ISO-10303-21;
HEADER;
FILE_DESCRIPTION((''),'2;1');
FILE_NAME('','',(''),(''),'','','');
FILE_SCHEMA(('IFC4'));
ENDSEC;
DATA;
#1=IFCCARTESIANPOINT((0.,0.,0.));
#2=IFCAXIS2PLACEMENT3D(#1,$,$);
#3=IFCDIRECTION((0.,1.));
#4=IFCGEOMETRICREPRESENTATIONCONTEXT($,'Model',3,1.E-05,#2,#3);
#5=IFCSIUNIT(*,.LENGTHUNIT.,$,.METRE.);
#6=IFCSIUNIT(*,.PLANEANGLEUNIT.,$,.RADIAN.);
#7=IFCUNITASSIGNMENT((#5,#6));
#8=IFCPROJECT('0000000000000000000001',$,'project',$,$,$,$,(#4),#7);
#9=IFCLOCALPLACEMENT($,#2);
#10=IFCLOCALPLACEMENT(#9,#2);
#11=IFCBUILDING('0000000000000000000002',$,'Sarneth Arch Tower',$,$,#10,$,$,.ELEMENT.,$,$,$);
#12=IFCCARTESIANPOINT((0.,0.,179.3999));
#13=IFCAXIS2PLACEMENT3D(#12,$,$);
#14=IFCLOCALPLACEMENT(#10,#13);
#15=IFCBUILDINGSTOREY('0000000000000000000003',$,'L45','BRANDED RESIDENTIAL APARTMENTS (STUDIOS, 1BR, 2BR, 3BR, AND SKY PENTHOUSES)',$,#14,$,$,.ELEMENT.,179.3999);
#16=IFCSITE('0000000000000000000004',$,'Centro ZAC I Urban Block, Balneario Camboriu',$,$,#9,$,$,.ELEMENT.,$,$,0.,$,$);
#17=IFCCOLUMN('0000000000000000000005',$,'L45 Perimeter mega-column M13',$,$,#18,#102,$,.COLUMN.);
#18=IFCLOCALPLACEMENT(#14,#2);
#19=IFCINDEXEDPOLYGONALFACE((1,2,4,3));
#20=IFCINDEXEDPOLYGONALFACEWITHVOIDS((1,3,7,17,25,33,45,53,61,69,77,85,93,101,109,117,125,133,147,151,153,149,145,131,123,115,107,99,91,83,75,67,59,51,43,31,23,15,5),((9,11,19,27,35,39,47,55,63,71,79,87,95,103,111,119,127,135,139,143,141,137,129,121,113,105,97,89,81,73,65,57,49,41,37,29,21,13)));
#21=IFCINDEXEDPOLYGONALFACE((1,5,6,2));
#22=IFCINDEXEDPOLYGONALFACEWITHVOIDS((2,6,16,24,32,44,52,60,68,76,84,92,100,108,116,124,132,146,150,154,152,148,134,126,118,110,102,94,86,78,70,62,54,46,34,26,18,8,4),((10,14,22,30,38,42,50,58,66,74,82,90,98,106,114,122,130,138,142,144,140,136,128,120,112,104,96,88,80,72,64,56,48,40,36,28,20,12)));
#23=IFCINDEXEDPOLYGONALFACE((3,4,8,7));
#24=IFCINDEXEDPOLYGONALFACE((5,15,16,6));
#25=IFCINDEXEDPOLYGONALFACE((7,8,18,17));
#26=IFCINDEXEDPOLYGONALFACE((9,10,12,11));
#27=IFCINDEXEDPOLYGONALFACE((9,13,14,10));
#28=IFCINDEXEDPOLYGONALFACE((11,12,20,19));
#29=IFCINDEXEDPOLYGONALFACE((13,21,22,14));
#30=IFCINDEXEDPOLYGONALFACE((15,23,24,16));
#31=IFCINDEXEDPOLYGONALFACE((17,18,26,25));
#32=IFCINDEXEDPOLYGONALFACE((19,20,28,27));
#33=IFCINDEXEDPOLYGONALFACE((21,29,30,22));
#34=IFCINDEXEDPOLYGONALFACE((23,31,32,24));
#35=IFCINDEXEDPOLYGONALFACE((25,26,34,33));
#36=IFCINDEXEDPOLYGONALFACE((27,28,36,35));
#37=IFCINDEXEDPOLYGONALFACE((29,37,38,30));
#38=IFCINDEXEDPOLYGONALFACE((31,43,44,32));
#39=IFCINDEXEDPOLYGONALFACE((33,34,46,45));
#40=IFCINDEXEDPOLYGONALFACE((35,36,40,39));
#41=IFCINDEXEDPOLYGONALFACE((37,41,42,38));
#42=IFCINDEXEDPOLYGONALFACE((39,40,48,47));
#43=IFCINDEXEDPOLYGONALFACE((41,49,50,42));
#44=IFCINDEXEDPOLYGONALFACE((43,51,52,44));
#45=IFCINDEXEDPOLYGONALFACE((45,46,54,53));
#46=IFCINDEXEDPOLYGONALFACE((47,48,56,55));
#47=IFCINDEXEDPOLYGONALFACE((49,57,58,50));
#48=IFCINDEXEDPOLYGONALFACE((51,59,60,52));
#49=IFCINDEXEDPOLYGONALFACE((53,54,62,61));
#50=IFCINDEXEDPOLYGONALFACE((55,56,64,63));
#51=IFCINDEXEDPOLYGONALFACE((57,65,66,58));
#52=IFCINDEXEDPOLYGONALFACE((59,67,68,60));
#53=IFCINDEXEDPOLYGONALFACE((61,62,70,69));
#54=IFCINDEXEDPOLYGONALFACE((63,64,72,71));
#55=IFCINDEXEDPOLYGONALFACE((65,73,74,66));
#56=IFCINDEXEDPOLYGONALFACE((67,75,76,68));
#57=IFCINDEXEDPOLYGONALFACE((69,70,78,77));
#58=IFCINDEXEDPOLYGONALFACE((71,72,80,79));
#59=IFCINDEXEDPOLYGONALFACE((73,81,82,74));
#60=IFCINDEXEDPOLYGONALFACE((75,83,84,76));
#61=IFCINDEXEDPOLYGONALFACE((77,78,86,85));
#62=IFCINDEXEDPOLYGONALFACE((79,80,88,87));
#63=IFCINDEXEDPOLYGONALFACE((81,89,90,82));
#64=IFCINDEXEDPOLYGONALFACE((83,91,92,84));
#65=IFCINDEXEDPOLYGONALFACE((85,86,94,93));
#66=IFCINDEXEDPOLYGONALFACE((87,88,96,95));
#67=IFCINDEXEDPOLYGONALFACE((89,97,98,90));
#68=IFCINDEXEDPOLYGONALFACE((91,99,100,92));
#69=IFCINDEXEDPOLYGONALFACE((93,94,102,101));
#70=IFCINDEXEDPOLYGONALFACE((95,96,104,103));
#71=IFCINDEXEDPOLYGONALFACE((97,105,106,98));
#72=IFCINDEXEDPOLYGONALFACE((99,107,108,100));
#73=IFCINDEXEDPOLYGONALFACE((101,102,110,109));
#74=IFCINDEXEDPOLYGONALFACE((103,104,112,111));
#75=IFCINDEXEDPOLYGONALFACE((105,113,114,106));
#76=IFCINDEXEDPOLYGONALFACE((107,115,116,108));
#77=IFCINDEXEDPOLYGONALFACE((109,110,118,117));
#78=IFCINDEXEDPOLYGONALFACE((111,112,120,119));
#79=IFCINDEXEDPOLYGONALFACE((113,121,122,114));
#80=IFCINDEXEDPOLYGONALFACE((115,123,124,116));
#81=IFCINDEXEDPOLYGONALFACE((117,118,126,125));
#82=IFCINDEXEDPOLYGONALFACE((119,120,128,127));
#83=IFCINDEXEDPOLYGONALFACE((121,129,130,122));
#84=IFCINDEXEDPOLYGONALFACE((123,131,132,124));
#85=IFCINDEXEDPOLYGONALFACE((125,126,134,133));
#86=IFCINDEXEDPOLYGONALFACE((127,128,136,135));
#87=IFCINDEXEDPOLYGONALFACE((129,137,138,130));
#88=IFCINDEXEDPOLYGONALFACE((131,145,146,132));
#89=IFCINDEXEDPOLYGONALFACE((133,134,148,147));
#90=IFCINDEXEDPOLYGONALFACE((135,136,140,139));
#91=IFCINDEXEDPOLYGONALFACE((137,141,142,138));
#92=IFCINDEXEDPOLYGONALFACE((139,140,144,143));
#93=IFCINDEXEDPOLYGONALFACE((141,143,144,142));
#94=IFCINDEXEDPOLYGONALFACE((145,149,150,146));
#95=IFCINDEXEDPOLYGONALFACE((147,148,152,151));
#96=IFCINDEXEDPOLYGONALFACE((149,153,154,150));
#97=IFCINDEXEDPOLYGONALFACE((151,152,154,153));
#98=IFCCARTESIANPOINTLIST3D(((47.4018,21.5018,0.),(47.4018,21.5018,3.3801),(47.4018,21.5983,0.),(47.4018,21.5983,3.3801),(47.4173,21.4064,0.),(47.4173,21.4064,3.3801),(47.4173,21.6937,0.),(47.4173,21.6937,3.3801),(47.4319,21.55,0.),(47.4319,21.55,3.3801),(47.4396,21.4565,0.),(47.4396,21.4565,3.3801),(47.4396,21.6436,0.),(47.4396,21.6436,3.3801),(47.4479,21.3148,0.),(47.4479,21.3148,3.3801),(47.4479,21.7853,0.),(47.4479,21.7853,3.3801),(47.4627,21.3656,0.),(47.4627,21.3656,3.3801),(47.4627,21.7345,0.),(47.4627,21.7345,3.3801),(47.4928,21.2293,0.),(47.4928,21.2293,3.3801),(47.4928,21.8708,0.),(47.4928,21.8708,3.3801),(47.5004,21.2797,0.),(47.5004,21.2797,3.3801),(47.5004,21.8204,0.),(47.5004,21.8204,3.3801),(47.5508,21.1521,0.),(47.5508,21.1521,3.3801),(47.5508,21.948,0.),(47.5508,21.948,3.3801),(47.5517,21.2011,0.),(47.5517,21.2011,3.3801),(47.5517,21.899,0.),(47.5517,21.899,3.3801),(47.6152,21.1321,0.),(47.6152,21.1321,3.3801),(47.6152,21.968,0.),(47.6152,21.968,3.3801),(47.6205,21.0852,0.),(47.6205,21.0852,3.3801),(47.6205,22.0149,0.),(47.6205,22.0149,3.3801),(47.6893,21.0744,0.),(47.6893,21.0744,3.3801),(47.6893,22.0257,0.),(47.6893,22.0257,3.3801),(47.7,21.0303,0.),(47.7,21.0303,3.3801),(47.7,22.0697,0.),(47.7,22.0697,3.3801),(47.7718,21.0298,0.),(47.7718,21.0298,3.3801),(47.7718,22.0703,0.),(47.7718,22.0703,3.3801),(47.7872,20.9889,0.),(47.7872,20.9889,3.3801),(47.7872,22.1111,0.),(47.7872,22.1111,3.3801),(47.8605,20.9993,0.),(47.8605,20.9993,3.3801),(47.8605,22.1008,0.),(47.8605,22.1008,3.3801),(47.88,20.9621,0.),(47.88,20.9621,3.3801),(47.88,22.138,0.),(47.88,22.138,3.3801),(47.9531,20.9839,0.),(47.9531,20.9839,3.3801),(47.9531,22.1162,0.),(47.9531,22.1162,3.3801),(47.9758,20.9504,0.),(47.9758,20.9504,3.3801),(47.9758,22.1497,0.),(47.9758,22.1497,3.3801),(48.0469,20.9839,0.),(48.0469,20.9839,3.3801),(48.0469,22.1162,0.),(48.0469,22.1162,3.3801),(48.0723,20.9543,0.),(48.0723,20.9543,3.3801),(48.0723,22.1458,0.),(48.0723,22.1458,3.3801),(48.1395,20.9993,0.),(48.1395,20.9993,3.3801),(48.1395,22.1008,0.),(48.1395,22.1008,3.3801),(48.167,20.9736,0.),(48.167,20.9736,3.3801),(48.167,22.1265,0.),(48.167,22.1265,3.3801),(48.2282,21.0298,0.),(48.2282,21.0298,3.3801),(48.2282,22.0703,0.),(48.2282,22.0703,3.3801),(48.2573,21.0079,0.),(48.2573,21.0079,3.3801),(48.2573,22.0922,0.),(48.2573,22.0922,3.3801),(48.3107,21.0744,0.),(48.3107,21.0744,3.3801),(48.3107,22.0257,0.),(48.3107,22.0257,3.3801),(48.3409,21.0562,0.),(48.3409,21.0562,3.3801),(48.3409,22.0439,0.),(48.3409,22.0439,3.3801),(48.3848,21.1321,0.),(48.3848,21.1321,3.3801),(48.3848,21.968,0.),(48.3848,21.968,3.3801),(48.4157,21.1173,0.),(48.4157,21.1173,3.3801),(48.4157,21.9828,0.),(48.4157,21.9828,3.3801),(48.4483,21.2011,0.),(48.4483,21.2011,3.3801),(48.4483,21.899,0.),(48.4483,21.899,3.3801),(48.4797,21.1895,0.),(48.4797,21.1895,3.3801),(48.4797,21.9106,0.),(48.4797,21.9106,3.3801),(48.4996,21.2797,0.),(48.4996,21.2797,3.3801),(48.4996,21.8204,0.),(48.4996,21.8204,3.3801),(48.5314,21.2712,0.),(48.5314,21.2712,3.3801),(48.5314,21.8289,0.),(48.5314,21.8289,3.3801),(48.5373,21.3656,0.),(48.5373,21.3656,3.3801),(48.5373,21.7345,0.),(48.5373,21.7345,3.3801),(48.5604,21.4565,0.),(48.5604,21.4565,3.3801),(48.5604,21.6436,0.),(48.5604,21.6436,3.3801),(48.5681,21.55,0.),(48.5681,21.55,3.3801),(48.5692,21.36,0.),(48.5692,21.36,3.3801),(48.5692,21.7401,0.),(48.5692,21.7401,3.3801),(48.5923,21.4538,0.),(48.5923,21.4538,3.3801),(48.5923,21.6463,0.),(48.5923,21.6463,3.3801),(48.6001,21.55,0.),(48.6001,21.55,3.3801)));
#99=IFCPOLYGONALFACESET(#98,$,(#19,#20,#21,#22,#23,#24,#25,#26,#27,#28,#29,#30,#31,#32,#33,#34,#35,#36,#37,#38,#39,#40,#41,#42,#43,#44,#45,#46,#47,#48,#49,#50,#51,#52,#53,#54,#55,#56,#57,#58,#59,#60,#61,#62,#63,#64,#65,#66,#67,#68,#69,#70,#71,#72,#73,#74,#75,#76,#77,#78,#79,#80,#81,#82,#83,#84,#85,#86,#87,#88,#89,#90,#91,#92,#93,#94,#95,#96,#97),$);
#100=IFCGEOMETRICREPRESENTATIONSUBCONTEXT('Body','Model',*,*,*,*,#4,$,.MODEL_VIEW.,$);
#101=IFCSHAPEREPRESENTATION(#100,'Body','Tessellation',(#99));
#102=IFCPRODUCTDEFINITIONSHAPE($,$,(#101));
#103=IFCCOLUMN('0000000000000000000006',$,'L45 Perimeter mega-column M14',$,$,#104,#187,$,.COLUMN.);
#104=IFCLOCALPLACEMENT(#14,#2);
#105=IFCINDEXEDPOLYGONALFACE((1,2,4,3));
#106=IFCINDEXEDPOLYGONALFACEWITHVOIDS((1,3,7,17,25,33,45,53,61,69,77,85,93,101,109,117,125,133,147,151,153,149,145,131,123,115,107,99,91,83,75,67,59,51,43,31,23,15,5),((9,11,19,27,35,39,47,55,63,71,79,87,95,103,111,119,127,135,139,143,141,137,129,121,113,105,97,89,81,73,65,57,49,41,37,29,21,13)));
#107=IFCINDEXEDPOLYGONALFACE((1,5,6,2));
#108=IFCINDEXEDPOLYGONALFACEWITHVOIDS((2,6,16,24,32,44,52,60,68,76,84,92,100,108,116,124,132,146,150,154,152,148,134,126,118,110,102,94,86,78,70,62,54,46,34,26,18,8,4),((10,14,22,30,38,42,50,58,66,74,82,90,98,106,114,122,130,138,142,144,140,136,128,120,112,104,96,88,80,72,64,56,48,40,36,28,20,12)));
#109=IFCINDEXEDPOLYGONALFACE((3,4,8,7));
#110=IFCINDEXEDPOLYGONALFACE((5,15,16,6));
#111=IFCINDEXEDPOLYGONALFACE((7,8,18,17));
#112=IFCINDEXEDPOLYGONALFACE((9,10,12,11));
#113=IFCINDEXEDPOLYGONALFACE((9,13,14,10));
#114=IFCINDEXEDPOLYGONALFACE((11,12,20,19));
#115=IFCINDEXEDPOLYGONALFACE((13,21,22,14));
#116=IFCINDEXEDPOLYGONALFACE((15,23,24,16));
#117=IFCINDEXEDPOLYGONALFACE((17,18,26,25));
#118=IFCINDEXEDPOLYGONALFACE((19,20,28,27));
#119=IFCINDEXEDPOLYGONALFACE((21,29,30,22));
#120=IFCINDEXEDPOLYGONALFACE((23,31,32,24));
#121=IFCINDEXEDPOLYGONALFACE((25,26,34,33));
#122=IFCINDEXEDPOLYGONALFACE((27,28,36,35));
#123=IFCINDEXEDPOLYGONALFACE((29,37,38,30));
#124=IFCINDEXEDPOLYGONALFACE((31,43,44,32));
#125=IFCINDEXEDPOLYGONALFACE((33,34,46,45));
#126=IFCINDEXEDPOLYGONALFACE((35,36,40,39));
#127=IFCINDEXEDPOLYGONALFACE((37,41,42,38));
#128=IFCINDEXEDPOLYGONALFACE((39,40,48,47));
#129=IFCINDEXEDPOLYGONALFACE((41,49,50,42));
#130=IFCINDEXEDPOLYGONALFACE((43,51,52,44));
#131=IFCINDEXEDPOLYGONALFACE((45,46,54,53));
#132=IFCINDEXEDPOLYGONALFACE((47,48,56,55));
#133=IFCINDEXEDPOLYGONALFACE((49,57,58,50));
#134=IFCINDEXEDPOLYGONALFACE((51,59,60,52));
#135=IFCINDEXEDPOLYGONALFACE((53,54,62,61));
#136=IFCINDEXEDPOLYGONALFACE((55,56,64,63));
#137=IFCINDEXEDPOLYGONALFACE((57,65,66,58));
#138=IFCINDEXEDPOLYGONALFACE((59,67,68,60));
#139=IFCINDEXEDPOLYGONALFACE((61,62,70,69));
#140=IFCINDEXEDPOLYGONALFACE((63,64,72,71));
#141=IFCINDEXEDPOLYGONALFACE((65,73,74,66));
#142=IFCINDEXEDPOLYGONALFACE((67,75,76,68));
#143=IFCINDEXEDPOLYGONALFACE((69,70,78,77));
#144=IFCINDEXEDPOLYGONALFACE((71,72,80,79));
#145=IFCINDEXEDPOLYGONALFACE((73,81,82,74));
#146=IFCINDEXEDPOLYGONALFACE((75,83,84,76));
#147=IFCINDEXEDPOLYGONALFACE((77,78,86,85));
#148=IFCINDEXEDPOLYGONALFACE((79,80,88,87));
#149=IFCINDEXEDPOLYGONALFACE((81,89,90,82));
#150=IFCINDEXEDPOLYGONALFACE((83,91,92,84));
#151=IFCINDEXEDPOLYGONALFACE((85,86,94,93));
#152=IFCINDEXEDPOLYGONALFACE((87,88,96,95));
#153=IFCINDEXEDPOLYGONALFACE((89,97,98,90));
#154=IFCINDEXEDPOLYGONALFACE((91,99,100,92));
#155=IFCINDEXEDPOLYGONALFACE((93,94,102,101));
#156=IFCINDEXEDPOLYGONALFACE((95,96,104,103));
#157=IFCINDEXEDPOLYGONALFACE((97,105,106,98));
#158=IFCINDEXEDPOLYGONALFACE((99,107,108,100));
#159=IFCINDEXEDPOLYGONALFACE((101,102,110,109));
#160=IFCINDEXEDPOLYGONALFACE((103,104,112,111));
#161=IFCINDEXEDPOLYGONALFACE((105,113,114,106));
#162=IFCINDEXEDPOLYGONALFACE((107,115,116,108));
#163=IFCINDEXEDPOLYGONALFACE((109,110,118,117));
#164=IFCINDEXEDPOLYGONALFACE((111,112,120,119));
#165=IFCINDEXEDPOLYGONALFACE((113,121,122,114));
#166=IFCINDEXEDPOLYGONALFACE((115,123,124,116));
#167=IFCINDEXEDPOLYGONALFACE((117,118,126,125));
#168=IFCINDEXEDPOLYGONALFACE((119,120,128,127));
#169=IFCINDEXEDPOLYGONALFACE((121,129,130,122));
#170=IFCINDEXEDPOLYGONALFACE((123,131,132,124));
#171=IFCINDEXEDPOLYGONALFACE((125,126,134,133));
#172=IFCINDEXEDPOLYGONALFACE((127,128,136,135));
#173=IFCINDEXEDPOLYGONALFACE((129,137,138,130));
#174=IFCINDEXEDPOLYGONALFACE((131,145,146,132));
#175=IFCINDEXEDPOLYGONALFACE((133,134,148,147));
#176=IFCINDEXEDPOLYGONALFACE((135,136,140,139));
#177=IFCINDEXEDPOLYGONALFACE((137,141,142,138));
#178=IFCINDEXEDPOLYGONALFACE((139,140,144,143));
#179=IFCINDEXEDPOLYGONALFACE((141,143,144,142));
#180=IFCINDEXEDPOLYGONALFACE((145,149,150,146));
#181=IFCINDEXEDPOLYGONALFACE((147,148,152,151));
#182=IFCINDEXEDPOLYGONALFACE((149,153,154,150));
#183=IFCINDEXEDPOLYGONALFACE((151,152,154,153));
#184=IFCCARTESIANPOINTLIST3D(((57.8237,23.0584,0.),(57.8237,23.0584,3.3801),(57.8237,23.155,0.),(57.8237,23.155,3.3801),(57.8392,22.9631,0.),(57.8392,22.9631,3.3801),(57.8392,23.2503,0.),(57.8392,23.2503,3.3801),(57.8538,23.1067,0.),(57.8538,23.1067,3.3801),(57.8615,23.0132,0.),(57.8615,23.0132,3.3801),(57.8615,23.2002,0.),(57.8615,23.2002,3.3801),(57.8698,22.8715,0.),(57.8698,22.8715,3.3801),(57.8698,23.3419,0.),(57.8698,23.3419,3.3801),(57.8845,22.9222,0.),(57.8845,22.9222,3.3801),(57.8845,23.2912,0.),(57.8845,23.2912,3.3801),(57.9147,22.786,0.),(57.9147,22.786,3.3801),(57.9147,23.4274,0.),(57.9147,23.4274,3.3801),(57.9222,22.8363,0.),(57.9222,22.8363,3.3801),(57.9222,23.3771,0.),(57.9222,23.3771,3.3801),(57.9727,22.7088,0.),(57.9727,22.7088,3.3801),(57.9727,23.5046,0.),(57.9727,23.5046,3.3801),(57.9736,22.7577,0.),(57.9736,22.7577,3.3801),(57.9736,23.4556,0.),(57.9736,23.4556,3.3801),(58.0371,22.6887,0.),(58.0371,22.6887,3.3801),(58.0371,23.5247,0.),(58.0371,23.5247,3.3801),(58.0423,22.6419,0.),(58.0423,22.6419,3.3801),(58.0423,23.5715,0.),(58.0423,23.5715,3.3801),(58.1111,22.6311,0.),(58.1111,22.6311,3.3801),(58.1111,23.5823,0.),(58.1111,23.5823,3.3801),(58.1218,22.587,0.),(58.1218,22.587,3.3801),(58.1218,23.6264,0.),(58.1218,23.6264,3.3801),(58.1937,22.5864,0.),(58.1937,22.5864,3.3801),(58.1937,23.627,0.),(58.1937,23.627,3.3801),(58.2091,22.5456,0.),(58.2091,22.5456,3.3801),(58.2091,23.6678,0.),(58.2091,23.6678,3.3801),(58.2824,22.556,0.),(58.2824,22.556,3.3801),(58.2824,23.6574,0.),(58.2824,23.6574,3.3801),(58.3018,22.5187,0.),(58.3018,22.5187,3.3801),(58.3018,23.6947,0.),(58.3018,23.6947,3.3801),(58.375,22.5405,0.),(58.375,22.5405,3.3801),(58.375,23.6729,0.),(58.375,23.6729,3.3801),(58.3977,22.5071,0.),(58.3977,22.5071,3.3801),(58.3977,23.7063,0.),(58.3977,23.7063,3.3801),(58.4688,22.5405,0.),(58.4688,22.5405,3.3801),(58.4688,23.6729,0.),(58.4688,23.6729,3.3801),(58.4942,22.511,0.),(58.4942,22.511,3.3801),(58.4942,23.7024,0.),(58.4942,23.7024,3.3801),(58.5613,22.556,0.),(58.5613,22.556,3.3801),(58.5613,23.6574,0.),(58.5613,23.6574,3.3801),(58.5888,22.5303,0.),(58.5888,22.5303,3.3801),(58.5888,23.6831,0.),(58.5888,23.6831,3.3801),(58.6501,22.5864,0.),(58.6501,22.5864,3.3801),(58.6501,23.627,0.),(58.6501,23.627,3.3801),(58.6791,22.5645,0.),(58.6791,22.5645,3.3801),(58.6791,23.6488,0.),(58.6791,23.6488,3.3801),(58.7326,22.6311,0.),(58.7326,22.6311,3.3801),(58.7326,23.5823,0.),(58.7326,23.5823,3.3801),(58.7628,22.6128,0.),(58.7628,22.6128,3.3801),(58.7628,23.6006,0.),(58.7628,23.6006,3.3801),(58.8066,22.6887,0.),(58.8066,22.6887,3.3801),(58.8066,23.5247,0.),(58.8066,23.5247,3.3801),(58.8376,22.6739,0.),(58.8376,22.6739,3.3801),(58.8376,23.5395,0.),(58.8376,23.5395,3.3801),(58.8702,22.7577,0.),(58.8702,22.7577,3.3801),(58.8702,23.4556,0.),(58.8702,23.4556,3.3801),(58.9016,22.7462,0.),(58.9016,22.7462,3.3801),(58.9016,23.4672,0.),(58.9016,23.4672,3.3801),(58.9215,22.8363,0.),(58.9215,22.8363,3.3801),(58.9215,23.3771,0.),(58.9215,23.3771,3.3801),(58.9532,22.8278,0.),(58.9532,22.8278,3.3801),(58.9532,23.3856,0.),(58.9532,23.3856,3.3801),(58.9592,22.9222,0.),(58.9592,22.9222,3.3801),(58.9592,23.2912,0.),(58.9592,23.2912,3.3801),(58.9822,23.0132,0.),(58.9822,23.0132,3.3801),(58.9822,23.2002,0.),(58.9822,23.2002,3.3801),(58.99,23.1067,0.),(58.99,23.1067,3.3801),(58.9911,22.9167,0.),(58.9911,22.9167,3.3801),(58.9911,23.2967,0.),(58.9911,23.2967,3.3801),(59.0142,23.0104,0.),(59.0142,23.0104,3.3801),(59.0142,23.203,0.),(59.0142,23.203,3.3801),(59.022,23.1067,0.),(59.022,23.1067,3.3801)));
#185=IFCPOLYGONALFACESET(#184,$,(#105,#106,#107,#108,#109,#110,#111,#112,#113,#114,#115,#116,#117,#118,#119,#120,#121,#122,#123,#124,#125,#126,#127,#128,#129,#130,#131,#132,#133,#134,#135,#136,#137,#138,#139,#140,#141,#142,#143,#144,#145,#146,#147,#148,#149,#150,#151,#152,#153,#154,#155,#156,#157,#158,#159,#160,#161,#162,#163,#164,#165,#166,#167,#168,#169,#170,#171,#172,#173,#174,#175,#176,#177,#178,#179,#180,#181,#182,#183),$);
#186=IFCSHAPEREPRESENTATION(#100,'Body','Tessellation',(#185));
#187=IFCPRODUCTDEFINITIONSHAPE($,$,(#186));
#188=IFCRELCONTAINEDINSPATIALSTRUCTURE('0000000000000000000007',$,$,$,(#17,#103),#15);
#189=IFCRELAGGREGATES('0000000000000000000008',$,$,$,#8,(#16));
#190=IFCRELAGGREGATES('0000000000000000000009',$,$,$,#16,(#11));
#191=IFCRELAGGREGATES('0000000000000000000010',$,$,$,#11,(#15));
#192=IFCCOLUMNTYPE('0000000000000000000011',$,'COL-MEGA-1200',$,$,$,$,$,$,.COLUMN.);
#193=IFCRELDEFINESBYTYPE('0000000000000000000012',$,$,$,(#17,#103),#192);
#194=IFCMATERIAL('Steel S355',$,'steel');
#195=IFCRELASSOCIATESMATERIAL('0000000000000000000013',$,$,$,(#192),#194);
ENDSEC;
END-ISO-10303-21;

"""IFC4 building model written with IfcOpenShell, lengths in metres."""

from ifc_helpers import new_model, si_unit, direction, frame, origin, origin_2d, place, context, subcontext, project, spatial, hollow_circle, extrude, material, material_profile, profile_set, type_object, element, save


model = new_model("IFC4")

# Units and contexts
model_context = context("Model", 3, precision=1e-05, world=origin(), true_north=direction((0.0, 1.0)))
body_context = subcontext(model_context, "Body", "Model", "MODEL_VIEW")
ifc_project = project(units=[si_unit("LENGTHUNIT", "METRE"), si_unit("PLANEANGLEUNIT", "RADIAN")], contexts=[model_context])

# Site, building, storey
site_placement = place(None, origin())
site = spatial("IfcSite", under=ifc_project, at=site_placement, Name="Centro ZAC I Urban Block, Balneario Camboriu", CompositionType="ELEMENT", RefElevation=0.0)
building_placement = place(site_placement, origin())
building = spatial("IfcBuilding", under=site, at=building_placement, Name="Sarneth Arch Tower", CompositionType="ELEMENT")
storey_placement = place(building_placement, frame((0.0, 0.0, 179.3999)))
storey = spatial("IfcBuildingStorey", under=building, at=storey_placement, Name="L45", Description="BRANDED RESIDENTIAL APARTMENTS (STUDIOS, 1BR, 2BR, 3BR, AND SKY PENTHOUSES)", CompositionType="ELEMENT", Elevation=179.3999)

# Columns
ifc_material_1 = material(Name="Steel S355", Category="steel")
ifc_material_profile_1 = material_profile(ifc_material_1, hollow_circle(Radius=0.6001, WallThickness=0.032, at=origin_2d()), Name="CHS1200x32")
ifc_profile_set_1 = profile_set([ifc_material_profile_1], Name="Steel S355")
column_type = type_object("IfcColumnType", Name="COL-MEGA-1200", PredefinedType="COLUMN", material=ifc_profile_set_1)
for number, where, z_axis, x_axis, name in (
    (1, (48.0, 21.55, 0.0), (0.0, 0.0, 1.0), (1.0, 0.0, 0.0), "L45 Perimeter mega-column M13"),
    (2, (58.4219, 23.1067, 0.0), (0.0, 0.0, 1.0), (1.0, 0.0, 0.0), "L45 Perimeter mega-column M14"),
):
    element("IfcColumn", number, at=place(storey_placement, frame(where, z_axis=z_axis, x_axis=x_axis)), inside=storey, type_object=column_type, Name=name, PredefinedType="COLUMN", context=body_context, shape_type="SweptSolid", body=[
        extrude(hollow_circle(Radius=0.6001, WallThickness=0.032, at=origin_2d()), origin(), (0.0, 0.0, 1.0), 3.3801),
    ])

save(model, "model.ifc")
